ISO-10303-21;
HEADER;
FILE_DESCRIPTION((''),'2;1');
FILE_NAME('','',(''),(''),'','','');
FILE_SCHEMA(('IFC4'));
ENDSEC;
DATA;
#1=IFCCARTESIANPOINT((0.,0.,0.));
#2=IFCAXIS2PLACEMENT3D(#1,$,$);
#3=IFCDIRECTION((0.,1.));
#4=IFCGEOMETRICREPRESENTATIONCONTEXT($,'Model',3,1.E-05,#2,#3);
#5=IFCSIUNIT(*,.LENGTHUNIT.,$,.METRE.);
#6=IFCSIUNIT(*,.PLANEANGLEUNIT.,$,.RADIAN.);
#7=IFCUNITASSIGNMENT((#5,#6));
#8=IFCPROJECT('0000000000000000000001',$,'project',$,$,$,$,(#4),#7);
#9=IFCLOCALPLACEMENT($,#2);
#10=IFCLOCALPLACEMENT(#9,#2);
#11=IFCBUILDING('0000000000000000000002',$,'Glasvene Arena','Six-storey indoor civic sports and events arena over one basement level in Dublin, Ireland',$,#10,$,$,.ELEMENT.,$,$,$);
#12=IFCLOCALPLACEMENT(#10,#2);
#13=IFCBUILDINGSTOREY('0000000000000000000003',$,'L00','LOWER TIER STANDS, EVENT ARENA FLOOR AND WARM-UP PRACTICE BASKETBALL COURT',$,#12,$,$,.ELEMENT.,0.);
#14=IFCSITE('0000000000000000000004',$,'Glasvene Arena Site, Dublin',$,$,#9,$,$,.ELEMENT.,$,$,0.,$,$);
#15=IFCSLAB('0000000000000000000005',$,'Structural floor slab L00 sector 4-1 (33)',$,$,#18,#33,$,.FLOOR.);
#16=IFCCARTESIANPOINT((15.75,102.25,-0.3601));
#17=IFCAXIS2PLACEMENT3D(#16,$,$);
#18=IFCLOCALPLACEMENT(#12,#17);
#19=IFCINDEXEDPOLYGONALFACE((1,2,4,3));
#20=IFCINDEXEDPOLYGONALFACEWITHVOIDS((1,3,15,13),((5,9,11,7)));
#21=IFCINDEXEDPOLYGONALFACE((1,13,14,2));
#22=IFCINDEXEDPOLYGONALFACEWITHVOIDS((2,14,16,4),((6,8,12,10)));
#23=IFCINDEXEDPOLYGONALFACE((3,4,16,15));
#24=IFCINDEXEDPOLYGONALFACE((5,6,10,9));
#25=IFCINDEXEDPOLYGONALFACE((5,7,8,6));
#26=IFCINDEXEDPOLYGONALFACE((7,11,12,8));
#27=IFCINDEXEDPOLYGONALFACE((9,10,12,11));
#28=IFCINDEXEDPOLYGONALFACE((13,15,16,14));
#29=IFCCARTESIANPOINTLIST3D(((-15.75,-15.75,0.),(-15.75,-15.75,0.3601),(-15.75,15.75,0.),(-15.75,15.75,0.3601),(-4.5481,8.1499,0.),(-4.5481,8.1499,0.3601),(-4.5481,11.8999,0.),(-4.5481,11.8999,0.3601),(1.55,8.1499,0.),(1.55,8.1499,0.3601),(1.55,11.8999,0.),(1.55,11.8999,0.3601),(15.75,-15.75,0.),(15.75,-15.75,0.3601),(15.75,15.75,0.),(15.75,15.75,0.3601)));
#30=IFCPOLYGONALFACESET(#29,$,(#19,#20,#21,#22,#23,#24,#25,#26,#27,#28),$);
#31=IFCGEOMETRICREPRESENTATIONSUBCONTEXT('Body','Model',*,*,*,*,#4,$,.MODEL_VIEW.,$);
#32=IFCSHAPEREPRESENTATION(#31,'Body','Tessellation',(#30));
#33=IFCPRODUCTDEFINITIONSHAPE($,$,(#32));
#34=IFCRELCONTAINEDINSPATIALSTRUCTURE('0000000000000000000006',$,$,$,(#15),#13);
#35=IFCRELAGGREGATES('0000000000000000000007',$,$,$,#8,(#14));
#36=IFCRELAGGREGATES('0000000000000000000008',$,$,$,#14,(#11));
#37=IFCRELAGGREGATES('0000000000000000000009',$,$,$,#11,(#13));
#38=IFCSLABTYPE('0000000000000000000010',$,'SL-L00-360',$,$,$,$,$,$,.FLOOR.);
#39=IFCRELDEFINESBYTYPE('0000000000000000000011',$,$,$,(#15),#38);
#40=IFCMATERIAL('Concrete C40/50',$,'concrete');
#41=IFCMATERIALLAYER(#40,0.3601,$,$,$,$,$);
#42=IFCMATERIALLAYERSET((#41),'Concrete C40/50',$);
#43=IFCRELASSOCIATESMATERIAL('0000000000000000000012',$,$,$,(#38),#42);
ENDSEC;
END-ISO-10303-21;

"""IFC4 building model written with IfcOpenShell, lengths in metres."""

from ifc_helpers import new_model, si_unit, direction, frame, origin, place, context, subcontext, project, spatial, polyline, outline, extrude, material, layer, layer_set, type_object, element, save


model = new_model("IFC4")

# Units and contexts
model_context = context("Model", 3, precision=1e-05, world=origin(), true_north=direction((0.0, 1.0)))
body_context = subcontext(model_context, "Body", "Model", "MODEL_VIEW")
ifc_project = project(units=[si_unit("LENGTHUNIT", "METRE"), si_unit("PLANEANGLEUNIT", "RADIAN")], contexts=[model_context])

# Site, building, storey
site_placement = place(None, origin())
site = spatial("IfcSite", under=ifc_project, at=site_placement, Name="Glasvene Arena Site, Dublin", CompositionType="ELEMENT", RefElevation=0.0)
building_placement = place(site_placement, origin())
building = spatial("IfcBuilding", under=site, at=building_placement, Name="Glasvene Arena", Description="Six-storey indoor civic sports and events arena over one basement level in Dublin, Ireland", CompositionType="ELEMENT")
storey_placement = place(building_placement, origin())
storey = spatial("IfcBuildingStorey", under=building, at=storey_placement, Name="L00", Description="LOWER TIER STANDS, EVENT ARENA FLOOR AND WARM-UP PRACTICE BASKETBALL COURT", CompositionType="ELEMENT", Elevation=0.0)

# Slab
ifc_material_1 = material(Name="Concrete C40/50", Category="concrete")
ifc_layer_1 = layer(ifc_material_1, 0.3601)
ifc_layer_set_1 = layer_set([ifc_layer_1], Name="Concrete C40/50")
slab_type = type_object("IfcSlabType", Name="SL-L00-360", PredefinedType="FLOOR", material=ifc_layer_set_1)
slab_placement = place(storey_placement, frame((15.75, 102.25, -0.3601)))
element("IfcSlab", 1, at=slab_placement, inside=storey, type_object=slab_type, Name="Structural floor slab L00 sector 4-1 (33)", PredefinedType="FLOOR", context=body_context, shape_type="SweptSolid", body=[
    extrude(outline(polyline([(15.75, 15.75), (15.75, -15.75), (-15.75, -15.75), (-15.75, 15.75), (15.75, 15.75)]), holes=[polyline([(1.55, 8.1499), (1.55, 11.8999), (-4.5481, 11.8999), (-4.5481, 8.1499), (1.55, 8.1499)])]), origin(), (0.0, 0.0, 1.0), 0.3601),
])

save(model, "model.ifc")
